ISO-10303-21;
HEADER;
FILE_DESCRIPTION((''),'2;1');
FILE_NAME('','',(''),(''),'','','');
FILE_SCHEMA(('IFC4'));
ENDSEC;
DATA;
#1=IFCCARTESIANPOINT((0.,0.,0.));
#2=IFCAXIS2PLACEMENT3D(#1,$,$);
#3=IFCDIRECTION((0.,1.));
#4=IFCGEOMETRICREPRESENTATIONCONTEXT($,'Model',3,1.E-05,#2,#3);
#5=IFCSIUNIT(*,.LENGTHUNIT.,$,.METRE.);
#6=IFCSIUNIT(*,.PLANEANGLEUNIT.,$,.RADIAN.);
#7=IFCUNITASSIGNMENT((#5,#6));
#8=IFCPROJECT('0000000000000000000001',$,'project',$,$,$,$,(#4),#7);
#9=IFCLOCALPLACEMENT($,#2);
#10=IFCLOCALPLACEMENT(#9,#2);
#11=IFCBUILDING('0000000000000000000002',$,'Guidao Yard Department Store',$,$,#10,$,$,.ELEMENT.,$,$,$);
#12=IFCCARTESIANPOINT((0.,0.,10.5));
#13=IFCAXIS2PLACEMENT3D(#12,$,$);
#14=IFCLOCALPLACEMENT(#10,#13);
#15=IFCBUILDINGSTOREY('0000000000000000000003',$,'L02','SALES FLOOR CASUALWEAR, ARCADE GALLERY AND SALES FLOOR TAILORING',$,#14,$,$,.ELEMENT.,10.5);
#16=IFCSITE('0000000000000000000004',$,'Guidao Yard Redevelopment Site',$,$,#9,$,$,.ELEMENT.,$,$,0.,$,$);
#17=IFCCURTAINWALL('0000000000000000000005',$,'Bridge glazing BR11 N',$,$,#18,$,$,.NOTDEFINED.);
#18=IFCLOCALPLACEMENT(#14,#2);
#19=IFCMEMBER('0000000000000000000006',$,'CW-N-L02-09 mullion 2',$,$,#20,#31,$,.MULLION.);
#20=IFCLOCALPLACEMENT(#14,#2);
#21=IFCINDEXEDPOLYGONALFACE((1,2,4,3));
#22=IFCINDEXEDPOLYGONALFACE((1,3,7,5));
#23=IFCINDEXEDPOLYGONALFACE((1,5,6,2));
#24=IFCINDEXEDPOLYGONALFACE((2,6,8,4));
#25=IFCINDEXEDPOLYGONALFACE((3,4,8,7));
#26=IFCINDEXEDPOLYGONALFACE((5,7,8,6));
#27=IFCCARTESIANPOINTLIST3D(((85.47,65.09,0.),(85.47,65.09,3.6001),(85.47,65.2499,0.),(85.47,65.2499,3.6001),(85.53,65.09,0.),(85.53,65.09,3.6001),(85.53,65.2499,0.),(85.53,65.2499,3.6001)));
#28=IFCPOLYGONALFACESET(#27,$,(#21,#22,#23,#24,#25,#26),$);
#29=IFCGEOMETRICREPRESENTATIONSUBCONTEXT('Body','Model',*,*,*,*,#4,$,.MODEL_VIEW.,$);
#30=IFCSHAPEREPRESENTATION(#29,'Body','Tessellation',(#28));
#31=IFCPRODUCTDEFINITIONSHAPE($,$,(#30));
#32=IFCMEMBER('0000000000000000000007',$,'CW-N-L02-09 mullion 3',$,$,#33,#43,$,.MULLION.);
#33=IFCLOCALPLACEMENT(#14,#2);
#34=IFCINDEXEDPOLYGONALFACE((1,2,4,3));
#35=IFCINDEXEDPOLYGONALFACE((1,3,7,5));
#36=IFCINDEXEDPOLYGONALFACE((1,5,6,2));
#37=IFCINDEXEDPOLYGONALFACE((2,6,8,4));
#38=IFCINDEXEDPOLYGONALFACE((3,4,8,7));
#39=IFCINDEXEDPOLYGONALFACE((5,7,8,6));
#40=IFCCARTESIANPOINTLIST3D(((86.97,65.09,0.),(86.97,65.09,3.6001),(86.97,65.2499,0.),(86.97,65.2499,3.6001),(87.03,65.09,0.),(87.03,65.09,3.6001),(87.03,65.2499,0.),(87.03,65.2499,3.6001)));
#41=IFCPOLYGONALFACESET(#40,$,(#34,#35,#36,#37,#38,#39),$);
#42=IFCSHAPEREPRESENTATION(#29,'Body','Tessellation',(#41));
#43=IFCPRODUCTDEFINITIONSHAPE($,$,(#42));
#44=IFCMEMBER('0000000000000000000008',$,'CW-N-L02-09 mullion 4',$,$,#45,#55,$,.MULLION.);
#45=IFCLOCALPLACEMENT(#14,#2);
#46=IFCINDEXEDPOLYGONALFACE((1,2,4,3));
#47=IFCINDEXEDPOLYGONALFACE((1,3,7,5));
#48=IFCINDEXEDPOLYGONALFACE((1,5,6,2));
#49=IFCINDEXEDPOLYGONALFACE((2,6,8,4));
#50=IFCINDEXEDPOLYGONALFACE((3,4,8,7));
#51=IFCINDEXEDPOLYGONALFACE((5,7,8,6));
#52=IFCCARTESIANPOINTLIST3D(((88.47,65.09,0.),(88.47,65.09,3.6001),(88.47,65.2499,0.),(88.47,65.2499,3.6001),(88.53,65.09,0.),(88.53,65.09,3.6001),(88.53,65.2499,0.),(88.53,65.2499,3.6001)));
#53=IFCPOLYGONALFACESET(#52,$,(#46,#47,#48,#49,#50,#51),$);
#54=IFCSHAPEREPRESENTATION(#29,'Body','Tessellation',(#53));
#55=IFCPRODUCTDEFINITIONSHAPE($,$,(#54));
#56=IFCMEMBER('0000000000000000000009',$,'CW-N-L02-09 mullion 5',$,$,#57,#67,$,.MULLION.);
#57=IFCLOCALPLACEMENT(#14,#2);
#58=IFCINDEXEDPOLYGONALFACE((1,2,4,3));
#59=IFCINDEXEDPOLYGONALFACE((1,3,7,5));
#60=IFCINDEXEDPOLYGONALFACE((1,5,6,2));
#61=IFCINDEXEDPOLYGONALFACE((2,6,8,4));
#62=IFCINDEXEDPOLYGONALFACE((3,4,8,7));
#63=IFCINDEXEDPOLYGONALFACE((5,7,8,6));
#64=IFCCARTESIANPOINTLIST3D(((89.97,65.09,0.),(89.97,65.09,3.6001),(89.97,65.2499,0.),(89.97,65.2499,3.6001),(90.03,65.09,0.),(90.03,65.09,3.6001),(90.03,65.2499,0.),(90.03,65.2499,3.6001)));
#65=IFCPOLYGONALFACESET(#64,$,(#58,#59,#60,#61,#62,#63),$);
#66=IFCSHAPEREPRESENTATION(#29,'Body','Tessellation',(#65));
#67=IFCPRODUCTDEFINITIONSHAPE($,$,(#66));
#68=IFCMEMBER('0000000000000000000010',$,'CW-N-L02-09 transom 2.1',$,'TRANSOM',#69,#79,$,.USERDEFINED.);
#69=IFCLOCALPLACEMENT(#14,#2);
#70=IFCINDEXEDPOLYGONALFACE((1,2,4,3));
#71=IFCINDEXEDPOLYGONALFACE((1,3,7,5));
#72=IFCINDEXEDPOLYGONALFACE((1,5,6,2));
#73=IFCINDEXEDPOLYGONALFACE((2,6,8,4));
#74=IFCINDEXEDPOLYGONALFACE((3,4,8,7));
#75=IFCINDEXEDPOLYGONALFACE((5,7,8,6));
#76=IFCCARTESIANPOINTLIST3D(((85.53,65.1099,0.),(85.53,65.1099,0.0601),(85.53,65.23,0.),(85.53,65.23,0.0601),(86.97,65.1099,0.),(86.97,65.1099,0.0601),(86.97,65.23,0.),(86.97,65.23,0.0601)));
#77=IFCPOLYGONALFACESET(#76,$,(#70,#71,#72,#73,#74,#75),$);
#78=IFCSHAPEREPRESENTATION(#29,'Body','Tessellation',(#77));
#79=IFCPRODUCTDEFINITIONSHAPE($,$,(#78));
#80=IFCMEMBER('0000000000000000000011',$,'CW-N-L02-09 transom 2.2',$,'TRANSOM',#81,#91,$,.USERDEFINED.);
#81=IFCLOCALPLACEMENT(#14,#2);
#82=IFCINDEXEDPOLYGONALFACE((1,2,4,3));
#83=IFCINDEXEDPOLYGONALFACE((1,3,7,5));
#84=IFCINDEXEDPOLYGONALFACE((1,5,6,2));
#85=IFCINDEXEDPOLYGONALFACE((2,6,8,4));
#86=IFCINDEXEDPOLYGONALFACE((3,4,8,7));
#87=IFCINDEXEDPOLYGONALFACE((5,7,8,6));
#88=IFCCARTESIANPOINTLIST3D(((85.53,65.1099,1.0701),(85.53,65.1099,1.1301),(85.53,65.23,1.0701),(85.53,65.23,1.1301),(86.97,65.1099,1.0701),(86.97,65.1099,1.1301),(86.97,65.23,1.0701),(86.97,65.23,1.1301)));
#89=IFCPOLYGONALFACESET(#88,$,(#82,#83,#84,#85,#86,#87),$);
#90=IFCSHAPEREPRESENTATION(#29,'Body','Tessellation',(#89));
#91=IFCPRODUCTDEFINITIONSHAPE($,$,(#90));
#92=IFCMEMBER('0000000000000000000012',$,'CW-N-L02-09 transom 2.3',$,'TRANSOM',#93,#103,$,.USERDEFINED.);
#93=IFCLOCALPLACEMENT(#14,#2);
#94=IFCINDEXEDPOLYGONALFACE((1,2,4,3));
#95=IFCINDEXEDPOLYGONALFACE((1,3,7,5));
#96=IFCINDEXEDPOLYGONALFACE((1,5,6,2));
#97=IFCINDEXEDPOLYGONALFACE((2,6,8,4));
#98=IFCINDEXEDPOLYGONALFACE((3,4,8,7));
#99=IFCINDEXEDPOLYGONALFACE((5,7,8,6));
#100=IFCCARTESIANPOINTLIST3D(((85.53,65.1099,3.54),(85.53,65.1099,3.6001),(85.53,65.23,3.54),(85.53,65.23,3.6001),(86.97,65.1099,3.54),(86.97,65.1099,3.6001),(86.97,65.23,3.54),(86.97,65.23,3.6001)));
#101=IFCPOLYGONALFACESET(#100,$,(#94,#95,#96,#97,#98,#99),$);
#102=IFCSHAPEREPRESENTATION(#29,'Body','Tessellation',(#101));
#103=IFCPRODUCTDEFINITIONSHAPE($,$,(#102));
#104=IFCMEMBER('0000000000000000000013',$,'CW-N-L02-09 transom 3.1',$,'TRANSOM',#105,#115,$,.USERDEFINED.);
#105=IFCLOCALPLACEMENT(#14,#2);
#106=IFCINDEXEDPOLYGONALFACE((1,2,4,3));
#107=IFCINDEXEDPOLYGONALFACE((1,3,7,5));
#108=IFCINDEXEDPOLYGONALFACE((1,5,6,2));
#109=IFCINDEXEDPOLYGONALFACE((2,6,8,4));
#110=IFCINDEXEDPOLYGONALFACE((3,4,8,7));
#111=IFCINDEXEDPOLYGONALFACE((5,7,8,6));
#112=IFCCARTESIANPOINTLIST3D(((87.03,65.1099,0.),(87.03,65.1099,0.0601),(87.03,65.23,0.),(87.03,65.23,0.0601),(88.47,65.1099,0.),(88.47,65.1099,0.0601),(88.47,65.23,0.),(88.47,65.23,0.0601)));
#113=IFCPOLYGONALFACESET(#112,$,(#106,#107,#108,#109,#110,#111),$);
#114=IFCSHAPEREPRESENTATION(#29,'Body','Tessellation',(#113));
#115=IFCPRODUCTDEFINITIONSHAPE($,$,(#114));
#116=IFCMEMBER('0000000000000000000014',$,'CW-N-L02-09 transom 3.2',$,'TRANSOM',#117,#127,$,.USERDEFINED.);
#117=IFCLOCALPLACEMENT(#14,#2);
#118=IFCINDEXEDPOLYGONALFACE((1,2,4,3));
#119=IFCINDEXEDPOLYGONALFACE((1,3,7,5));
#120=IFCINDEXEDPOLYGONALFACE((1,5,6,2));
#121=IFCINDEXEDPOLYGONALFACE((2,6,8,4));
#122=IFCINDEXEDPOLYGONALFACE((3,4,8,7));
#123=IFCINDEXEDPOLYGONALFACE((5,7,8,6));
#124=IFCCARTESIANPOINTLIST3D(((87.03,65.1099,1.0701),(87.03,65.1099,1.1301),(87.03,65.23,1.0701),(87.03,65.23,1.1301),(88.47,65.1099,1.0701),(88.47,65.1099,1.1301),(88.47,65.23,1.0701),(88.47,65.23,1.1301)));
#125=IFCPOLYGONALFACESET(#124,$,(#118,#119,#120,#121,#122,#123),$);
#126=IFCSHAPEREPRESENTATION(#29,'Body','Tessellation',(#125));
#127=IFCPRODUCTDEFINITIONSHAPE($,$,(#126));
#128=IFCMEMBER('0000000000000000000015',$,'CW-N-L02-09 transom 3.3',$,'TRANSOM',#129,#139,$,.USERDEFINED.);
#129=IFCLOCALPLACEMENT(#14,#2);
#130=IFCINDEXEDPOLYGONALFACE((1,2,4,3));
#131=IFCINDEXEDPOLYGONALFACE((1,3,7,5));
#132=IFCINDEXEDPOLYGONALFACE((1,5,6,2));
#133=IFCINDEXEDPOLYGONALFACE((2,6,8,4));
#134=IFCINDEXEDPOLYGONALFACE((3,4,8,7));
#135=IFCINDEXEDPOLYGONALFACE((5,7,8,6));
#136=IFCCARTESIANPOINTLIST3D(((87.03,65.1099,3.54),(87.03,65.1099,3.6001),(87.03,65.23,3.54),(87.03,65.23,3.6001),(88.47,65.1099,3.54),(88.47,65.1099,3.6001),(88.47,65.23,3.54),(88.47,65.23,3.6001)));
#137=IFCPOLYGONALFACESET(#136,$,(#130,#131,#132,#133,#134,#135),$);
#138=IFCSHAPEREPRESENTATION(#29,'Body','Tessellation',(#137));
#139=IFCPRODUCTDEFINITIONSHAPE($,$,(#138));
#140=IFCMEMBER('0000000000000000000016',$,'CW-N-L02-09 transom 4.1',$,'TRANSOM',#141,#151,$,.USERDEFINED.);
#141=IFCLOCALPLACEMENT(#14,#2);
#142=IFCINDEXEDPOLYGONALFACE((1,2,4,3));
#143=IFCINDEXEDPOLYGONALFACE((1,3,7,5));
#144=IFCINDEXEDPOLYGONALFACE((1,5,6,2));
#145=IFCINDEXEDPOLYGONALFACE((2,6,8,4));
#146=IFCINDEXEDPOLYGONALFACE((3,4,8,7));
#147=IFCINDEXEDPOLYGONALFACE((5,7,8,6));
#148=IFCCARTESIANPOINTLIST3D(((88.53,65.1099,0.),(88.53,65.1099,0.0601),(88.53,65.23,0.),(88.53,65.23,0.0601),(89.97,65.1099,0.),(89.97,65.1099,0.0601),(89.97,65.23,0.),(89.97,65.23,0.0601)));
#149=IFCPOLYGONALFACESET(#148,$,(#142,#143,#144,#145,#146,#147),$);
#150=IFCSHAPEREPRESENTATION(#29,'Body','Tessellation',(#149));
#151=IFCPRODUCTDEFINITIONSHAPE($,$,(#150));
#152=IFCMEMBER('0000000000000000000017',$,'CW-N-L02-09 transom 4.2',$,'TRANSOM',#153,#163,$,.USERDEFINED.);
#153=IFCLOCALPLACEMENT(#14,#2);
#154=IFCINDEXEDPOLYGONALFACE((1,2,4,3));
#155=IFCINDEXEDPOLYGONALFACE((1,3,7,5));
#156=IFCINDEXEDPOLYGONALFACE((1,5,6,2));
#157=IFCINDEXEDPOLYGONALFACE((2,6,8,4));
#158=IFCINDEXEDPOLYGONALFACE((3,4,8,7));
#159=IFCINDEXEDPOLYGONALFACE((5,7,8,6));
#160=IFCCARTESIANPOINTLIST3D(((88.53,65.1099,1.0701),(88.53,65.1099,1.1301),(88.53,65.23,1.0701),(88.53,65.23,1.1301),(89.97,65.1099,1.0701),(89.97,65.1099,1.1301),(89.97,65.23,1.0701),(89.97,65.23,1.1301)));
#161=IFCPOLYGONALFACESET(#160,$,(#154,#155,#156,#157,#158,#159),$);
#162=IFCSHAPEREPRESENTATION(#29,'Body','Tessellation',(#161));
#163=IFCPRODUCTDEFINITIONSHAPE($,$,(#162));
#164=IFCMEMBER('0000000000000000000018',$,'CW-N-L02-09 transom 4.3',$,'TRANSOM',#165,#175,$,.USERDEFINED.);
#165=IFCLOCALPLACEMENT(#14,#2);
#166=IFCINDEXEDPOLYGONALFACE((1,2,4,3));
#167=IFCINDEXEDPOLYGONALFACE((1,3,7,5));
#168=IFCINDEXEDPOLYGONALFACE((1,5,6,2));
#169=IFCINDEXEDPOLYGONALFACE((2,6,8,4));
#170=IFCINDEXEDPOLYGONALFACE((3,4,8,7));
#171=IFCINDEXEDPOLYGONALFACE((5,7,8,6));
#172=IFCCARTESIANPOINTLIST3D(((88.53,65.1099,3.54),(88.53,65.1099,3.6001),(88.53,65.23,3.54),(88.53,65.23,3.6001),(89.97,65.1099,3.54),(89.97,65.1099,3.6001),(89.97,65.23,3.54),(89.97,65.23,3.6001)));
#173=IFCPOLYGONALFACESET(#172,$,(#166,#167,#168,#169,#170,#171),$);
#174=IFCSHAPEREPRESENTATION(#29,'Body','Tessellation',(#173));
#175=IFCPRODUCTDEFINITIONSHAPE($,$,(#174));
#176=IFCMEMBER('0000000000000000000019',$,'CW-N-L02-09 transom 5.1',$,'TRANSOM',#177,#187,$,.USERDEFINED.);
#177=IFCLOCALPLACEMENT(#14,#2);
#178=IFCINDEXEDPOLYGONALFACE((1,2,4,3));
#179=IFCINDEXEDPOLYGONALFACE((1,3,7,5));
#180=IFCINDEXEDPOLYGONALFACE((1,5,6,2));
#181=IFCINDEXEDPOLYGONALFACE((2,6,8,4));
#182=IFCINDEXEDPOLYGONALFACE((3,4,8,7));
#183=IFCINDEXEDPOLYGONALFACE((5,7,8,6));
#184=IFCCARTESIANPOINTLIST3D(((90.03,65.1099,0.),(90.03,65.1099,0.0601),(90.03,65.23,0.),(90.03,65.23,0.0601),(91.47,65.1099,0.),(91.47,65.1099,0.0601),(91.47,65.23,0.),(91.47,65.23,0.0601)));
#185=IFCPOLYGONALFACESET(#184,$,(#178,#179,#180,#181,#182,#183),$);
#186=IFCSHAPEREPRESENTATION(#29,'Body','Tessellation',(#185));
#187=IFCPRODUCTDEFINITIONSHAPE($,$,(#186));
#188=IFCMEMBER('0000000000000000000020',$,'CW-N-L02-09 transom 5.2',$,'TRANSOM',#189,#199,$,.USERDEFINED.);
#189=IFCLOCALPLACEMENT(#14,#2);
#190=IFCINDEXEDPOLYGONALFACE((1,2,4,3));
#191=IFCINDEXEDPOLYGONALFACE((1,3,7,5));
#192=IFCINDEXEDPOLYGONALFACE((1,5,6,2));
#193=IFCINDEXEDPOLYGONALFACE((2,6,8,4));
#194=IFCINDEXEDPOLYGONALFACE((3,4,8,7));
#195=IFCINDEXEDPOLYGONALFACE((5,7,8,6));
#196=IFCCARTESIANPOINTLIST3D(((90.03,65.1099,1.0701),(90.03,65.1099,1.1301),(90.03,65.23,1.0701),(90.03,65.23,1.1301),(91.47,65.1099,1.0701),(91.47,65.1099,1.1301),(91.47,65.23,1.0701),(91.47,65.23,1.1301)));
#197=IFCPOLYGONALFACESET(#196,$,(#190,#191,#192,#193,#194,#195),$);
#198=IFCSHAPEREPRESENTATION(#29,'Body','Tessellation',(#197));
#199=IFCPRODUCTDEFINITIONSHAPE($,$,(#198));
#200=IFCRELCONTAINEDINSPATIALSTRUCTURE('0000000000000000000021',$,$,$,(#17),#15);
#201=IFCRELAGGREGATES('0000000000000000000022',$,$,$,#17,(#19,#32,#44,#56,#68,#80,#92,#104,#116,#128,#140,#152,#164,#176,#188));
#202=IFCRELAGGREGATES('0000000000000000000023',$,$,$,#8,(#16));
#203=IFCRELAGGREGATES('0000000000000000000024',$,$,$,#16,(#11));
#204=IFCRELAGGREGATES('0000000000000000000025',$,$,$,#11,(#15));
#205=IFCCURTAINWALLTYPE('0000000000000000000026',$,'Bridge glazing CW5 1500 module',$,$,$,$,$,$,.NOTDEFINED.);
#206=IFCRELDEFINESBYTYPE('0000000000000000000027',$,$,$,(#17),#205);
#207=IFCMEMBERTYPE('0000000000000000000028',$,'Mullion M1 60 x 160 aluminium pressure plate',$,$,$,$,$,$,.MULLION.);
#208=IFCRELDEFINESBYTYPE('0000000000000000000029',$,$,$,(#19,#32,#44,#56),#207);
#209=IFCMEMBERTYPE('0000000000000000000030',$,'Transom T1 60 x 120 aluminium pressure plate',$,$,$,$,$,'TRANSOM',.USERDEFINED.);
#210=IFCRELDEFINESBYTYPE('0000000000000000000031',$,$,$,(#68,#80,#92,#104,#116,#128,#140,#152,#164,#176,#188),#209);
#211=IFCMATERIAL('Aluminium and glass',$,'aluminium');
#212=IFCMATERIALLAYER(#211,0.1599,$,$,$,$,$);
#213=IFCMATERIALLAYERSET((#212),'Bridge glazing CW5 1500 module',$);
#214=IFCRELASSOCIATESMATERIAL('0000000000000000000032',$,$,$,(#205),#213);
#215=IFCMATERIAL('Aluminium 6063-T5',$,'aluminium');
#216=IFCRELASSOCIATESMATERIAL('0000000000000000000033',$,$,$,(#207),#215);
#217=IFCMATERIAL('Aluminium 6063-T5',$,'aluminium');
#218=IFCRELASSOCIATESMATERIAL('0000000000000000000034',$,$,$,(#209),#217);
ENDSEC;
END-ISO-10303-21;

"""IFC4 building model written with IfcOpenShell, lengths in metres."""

from ifc_helpers import new_model, si_unit, direction, frame, origin, origin_2d, place, context, subcontext, project, spatial, rectangle, extrude, material, layer, layer_set, material_profile, profile_set, type_object, element, aggregate, save


model = new_model("IFC4")

# Units and contexts
model_context = context("Model", 3, precision=1e-05, world=origin(), true_north=direction((0.0, 1.0)))
body_context = subcontext(model_context, "Body", "Model", "MODEL_VIEW")
ifc_project = project(units=[si_unit("LENGTHUNIT", "METRE"), si_unit("PLANEANGLEUNIT", "RADIAN")], contexts=[model_context])

# Site, building, storey
site_placement = place(None, origin())
site = spatial("IfcSite", under=ifc_project, at=site_placement, Name="Guidao Yard Redevelopment Site", CompositionType="ELEMENT", RefElevation=0.0)
building_placement = place(site_placement, origin())
building = spatial("IfcBuilding", under=site, at=building_placement, Name="Guidao Yard Department Store", CompositionType="ELEMENT")
storey_placement = place(building_placement, frame((0.0, 0.0, 10.5)))
storey = spatial("IfcBuildingStorey", under=building, at=storey_placement, Name="L02", Description="SALES FLOOR CASUALWEAR, ARCADE GALLERY AND SALES FLOOR TAILORING", CompositionType="ELEMENT", Elevation=10.5)

# Curtain wall, members
ifc_material_1 = material(Name="Aluminium and glass", Category="aluminium")
ifc_layer_1 = layer(ifc_material_1, 0.1599)
ifc_layer_set_1 = layer_set([ifc_layer_1], Name="Bridge glazing CW5 1500 module")
curtain_wall_type = type_object("IfcCurtainWallType", Name="Bridge glazing CW5 1500 module", PredefinedType="NOTDEFINED", material=ifc_layer_set_1)
curtain_wall_1_placement = place(storey_placement, origin())
curtain_wall_1 = element("IfcCurtainWall", 1, at=curtain_wall_1_placement, inside=storey, type_object=curtain_wall_type, Name="Bridge glazing BR11 N", PredefinedType="NOTDEFINED")
ifc_material_2 = material(Name="Aluminium 6063-T5", Category="aluminium")
ifc_material_profile_1 = material_profile(ifc_material_2, rectangle(XDim=0.0601, YDim=0.1599, at=origin_2d()), Name="Mullion M1 60 x 160 aluminium pressure plate")
ifc_profile_set_1 = profile_set([ifc_material_profile_1], Name="Aluminium 6063-T5")
member_type_1 = type_object("IfcMemberType", Name="Mullion M1 60 x 160 aluminium pressure plate", PredefinedType="MULLION", material=ifc_profile_set_1)
member_1_placement = place(storey_placement, frame((85.5, 65.1699, 0.0), z_axis=(0.0, 0.0, 1.0), x_axis=(1.0, 0.0, 0.0)))
member_1 = element("IfcMember", 2, at=member_1_placement, type_object=member_type_1, Name="CW-N-L02-09 mullion 2", PredefinedType="MULLION", context=body_context, shape_type="SweptSolid", body=[
    extrude(rectangle(XDim=0.0601, YDim=0.1599, at=origin_2d()), origin(), (0.0, 0.0, 1.0), 3.6001),
])
member_2_placement = place(storey_placement, frame((87.0, 65.1699, 0.0), z_axis=(0.0, 0.0, 1.0), x_axis=(1.0, 0.0, 0.0)))
member_2 = element("IfcMember", 3, at=member_2_placement, type_object=member_type_1, Name="CW-N-L02-09 mullion 3", PredefinedType="MULLION", context=body_context, shape_type="SweptSolid", body=[
    extrude(rectangle(XDim=0.0601, YDim=0.1599, at=origin_2d()), origin(), (0.0, 0.0, 1.0), 3.6001),
])
member_3_placement = place(storey_placement, frame((88.5, 65.1699, 0.0), z_axis=(0.0, 0.0, 1.0), x_axis=(1.0, 0.0, 0.0)))
member_3 = element("IfcMember", 4, at=member_3_placement, type_object=member_type_1, Name="CW-N-L02-09 mullion 4", PredefinedType="MULLION", context=body_context, shape_type="SweptSolid", body=[
    extrude(rectangle(XDim=0.0601, YDim=0.1599, at=origin_2d()), origin(), (0.0, 0.0, 1.0), 3.6001),
])
member_4_placement = place(storey_placement, frame((90.0, 65.1699, 0.0), z_axis=(0.0, 0.0, 1.0), x_axis=(1.0, 0.0, 0.0)))
member_4 = element("IfcMember", 5, at=member_4_placement, type_object=member_type_1, Name="CW-N-L02-09 mullion 5", PredefinedType="MULLION", context=body_context, shape_type="SweptSolid", body=[
    extrude(rectangle(XDim=0.0601, YDim=0.1599, at=origin_2d()), origin(), (0.0, 0.0, 1.0), 3.6001),
])
ifc_material_3 = material(Name="Aluminium 6063-T5", Category="aluminium")
ifc_material_profile_2 = material_profile(ifc_material_3, rectangle(XDim=0.1201, YDim=0.0601, at=origin_2d()), Name="Transom T1 60 x 120 aluminium pressure plate")
ifc_profile_set_2 = profile_set([ifc_material_profile_2], Name="Aluminium 6063-T5")
member_type_2 = type_object("IfcMemberType", Name="Transom T1 60 x 120 aluminium pressure plate", ElementType="TRANSOM", PredefinedType="USERDEFINED", material=ifc_profile_set_2)
member_5_placement = place(storey_placement, frame((85.53, 65.1699, 0.03), z_axis=(1.0, 0.0, 0.0), x_axis=(0.0, 1.0, 0.0)))
member_5 = element("IfcMember", 6, at=member_5_placement, type_object=member_type_2, Name="CW-N-L02-09 transom 2.1", ObjectType="TRANSOM", PredefinedType="USERDEFINED", context=body_context, shape_type="SweptSolid", body=[
    extrude(rectangle(XDim=0.1201, YDim=0.0601, at=origin_2d()), origin(), (0.0, 0.0, 1.0), 1.4399),
])
member_6_placement = place(storey_placement, frame((85.53, 65.1699, 1.1001), z_axis=(1.0, 0.0, 0.0), x_axis=(0.0, 1.0, 0.0)))
member_6 = element("IfcMember", 7, at=member_6_placement, type_object=member_type_2, Name="CW-N-L02-09 transom 2.2", ObjectType="TRANSOM", PredefinedType="USERDEFINED", context=body_context, shape_type="SweptSolid", body=[
    extrude(rectangle(XDim=0.1201, YDim=0.0601, at=origin_2d()), origin(), (0.0, 0.0, 1.0), 1.4399),
])
member_7_placement = place(storey_placement, frame((85.53, 65.1699, 3.5701), z_axis=(1.0, 0.0, 0.0), x_axis=(0.0, 1.0, 0.0)))
member_7 = element("IfcMember", 8, at=member_7_placement, type_object=member_type_2, Name="CW-N-L02-09 transom 2.3", ObjectType="TRANSOM", PredefinedType="USERDEFINED", context=body_context, shape_type="SweptSolid", body=[
    extrude(rectangle(XDim=0.1201, YDim=0.0601, at=origin_2d()), origin(), (0.0, 0.0, 1.0), 1.4399),
])
member_8_placement = place(storey_placement, frame((87.03, 65.1699, 0.03), z_axis=(1.0, 0.0, 0.0), x_axis=(0.0, 1.0, 0.0)))
member_8 = element("IfcMember", 9, at=member_8_placement, type_object=member_type_2, Name="CW-N-L02-09 transom 3.1", ObjectType="TRANSOM", PredefinedType="USERDEFINED", context=body_context, shape_type="SweptSolid", body=[
    extrude(rectangle(XDim=0.1201, YDim=0.0601, at=origin_2d()), origin(), (0.0, 0.0, 1.0), 1.4399),
])
member_9_placement = place(storey_placement, frame((87.03, 65.1699, 1.1001), z_axis=(1.0, 0.0, 0.0), x_axis=(0.0, 1.0, 0.0)))
member_9 = element("IfcMember", 10, at=member_9_placement, type_object=member_type_2, Name="CW-N-L02-09 transom 3.2", ObjectType="TRANSOM", PredefinedType="USERDEFINED", context=body_context, shape_type="SweptSolid", body=[
    extrude(rectangle(XDim=0.1201, YDim=0.0601, at=origin_2d()), origin(), (0.0, 0.0, 1.0), 1.4399),
])
member_10_placement = place(storey_placement, frame((87.03, 65.1699, 3.5701), z_axis=(1.0, 0.0, 0.0), x_axis=(0.0, 1.0, 0.0)))
member_10 = element("IfcMember", 11, at=member_10_placement, type_object=member_type_2, Name="CW-N-L02-09 transom 3.3", ObjectType="TRANSOM", PredefinedType="USERDEFINED", context=body_context, shape_type="SweptSolid", body=[
    extrude(rectangle(XDim=0.1201, YDim=0.0601, at=origin_2d()), origin(), (0.0, 0.0, 1.0), 1.4399),
])
member_11_placement = place(storey_placement, frame((88.53, 65.1699, 0.03), z_axis=(1.0, 0.0, 0.0), x_axis=(0.0, 1.0, 0.0)))
member_11 = element("IfcMember", 12, at=member_11_placement, type_object=member_type_2, Name="CW-N-L02-09 transom 4.1", ObjectType="TRANSOM", PredefinedType="USERDEFINED", context=body_context, shape_type="SweptSolid", body=[
    extrude(rectangle(XDim=0.1201, YDim=0.0601, at=origin_2d()), origin(), (0.0, 0.0, 1.0), 1.4399),
])
member_12_placement = place(storey_placement, frame((88.53, 65.1699, 1.1001), z_axis=(1.0, 0.0, 0.0), x_axis=(0.0, 1.0, 0.0)))
member_12 = element("IfcMember", 13, at=member_12_placement, type_object=member_type_2, Name="CW-N-L02-09 transom 4.2", ObjectType="TRANSOM", PredefinedType="USERDEFINED", context=body_context, shape_type="SweptSolid", body=[
    extrude(rectangle(XDim=0.1201, YDim=0.0601, at=origin_2d()), origin(), (0.0, 0.0, 1.0), 1.4399),
])
member_13_placement = place(storey_placement, frame((88.53, 65.1699, 3.5701), z_axis=(1.0, 0.0, 0.0), x_axis=(0.0, 1.0, 0.0)))
member_13 = element("IfcMember", 14, at=member_13_placement, type_object=member_type_2, Name="CW-N-L02-09 transom 4.3", ObjectType="TRANSOM", PredefinedType="USERDEFINED", context=body_context, shape_type="SweptSolid", body=[
    extrude(rectangle(XDim=0.1201, YDim=0.0601, at=origin_2d()), origin(), (0.0, 0.0, 1.0), 1.4399),
])
member_14_placement = place(storey_placement, frame((90.03, 65.1699, 0.03), z_axis=(1.0, 0.0, 0.0), x_axis=(0.0, 1.0, 0.0)))
member_14 = element("IfcMember", 15, at=member_14_placement, type_object=member_type_2, Name="CW-N-L02-09 transom 5.1", ObjectType="TRANSOM", PredefinedType="USERDEFINED", context=body_context, shape_type="SweptSolid", body=[
    extrude(rectangle(XDim=0.1201, YDim=0.0601, at=origin_2d()), origin(), (0.0, 0.0, 1.0), 1.4399),
])
member_15_placement = place(storey_placement, frame((90.03, 65.1699, 1.1001), z_axis=(1.0, 0.0, 0.0), x_axis=(0.0, 1.0, 0.0)))
member_15 = element("IfcMember", 16, at=member_15_placement, type_object=member_type_2, Name="CW-N-L02-09 transom 5.2", ObjectType="TRANSOM", PredefinedType="USERDEFINED", context=body_context, shape_type="SweptSolid", body=[
    extrude(rectangle(XDim=0.1201, YDim=0.0601, at=origin_2d()), origin(), (0.0, 0.0, 1.0), 1.4399),
])

aggregate(curtain_wall_1, [member_1, member_2, member_3, member_4, member_5, member_6, member_7, member_8, member_9, member_10, member_11, member_12, member_13, member_14, member_15])

save(model, "model.ifc")
